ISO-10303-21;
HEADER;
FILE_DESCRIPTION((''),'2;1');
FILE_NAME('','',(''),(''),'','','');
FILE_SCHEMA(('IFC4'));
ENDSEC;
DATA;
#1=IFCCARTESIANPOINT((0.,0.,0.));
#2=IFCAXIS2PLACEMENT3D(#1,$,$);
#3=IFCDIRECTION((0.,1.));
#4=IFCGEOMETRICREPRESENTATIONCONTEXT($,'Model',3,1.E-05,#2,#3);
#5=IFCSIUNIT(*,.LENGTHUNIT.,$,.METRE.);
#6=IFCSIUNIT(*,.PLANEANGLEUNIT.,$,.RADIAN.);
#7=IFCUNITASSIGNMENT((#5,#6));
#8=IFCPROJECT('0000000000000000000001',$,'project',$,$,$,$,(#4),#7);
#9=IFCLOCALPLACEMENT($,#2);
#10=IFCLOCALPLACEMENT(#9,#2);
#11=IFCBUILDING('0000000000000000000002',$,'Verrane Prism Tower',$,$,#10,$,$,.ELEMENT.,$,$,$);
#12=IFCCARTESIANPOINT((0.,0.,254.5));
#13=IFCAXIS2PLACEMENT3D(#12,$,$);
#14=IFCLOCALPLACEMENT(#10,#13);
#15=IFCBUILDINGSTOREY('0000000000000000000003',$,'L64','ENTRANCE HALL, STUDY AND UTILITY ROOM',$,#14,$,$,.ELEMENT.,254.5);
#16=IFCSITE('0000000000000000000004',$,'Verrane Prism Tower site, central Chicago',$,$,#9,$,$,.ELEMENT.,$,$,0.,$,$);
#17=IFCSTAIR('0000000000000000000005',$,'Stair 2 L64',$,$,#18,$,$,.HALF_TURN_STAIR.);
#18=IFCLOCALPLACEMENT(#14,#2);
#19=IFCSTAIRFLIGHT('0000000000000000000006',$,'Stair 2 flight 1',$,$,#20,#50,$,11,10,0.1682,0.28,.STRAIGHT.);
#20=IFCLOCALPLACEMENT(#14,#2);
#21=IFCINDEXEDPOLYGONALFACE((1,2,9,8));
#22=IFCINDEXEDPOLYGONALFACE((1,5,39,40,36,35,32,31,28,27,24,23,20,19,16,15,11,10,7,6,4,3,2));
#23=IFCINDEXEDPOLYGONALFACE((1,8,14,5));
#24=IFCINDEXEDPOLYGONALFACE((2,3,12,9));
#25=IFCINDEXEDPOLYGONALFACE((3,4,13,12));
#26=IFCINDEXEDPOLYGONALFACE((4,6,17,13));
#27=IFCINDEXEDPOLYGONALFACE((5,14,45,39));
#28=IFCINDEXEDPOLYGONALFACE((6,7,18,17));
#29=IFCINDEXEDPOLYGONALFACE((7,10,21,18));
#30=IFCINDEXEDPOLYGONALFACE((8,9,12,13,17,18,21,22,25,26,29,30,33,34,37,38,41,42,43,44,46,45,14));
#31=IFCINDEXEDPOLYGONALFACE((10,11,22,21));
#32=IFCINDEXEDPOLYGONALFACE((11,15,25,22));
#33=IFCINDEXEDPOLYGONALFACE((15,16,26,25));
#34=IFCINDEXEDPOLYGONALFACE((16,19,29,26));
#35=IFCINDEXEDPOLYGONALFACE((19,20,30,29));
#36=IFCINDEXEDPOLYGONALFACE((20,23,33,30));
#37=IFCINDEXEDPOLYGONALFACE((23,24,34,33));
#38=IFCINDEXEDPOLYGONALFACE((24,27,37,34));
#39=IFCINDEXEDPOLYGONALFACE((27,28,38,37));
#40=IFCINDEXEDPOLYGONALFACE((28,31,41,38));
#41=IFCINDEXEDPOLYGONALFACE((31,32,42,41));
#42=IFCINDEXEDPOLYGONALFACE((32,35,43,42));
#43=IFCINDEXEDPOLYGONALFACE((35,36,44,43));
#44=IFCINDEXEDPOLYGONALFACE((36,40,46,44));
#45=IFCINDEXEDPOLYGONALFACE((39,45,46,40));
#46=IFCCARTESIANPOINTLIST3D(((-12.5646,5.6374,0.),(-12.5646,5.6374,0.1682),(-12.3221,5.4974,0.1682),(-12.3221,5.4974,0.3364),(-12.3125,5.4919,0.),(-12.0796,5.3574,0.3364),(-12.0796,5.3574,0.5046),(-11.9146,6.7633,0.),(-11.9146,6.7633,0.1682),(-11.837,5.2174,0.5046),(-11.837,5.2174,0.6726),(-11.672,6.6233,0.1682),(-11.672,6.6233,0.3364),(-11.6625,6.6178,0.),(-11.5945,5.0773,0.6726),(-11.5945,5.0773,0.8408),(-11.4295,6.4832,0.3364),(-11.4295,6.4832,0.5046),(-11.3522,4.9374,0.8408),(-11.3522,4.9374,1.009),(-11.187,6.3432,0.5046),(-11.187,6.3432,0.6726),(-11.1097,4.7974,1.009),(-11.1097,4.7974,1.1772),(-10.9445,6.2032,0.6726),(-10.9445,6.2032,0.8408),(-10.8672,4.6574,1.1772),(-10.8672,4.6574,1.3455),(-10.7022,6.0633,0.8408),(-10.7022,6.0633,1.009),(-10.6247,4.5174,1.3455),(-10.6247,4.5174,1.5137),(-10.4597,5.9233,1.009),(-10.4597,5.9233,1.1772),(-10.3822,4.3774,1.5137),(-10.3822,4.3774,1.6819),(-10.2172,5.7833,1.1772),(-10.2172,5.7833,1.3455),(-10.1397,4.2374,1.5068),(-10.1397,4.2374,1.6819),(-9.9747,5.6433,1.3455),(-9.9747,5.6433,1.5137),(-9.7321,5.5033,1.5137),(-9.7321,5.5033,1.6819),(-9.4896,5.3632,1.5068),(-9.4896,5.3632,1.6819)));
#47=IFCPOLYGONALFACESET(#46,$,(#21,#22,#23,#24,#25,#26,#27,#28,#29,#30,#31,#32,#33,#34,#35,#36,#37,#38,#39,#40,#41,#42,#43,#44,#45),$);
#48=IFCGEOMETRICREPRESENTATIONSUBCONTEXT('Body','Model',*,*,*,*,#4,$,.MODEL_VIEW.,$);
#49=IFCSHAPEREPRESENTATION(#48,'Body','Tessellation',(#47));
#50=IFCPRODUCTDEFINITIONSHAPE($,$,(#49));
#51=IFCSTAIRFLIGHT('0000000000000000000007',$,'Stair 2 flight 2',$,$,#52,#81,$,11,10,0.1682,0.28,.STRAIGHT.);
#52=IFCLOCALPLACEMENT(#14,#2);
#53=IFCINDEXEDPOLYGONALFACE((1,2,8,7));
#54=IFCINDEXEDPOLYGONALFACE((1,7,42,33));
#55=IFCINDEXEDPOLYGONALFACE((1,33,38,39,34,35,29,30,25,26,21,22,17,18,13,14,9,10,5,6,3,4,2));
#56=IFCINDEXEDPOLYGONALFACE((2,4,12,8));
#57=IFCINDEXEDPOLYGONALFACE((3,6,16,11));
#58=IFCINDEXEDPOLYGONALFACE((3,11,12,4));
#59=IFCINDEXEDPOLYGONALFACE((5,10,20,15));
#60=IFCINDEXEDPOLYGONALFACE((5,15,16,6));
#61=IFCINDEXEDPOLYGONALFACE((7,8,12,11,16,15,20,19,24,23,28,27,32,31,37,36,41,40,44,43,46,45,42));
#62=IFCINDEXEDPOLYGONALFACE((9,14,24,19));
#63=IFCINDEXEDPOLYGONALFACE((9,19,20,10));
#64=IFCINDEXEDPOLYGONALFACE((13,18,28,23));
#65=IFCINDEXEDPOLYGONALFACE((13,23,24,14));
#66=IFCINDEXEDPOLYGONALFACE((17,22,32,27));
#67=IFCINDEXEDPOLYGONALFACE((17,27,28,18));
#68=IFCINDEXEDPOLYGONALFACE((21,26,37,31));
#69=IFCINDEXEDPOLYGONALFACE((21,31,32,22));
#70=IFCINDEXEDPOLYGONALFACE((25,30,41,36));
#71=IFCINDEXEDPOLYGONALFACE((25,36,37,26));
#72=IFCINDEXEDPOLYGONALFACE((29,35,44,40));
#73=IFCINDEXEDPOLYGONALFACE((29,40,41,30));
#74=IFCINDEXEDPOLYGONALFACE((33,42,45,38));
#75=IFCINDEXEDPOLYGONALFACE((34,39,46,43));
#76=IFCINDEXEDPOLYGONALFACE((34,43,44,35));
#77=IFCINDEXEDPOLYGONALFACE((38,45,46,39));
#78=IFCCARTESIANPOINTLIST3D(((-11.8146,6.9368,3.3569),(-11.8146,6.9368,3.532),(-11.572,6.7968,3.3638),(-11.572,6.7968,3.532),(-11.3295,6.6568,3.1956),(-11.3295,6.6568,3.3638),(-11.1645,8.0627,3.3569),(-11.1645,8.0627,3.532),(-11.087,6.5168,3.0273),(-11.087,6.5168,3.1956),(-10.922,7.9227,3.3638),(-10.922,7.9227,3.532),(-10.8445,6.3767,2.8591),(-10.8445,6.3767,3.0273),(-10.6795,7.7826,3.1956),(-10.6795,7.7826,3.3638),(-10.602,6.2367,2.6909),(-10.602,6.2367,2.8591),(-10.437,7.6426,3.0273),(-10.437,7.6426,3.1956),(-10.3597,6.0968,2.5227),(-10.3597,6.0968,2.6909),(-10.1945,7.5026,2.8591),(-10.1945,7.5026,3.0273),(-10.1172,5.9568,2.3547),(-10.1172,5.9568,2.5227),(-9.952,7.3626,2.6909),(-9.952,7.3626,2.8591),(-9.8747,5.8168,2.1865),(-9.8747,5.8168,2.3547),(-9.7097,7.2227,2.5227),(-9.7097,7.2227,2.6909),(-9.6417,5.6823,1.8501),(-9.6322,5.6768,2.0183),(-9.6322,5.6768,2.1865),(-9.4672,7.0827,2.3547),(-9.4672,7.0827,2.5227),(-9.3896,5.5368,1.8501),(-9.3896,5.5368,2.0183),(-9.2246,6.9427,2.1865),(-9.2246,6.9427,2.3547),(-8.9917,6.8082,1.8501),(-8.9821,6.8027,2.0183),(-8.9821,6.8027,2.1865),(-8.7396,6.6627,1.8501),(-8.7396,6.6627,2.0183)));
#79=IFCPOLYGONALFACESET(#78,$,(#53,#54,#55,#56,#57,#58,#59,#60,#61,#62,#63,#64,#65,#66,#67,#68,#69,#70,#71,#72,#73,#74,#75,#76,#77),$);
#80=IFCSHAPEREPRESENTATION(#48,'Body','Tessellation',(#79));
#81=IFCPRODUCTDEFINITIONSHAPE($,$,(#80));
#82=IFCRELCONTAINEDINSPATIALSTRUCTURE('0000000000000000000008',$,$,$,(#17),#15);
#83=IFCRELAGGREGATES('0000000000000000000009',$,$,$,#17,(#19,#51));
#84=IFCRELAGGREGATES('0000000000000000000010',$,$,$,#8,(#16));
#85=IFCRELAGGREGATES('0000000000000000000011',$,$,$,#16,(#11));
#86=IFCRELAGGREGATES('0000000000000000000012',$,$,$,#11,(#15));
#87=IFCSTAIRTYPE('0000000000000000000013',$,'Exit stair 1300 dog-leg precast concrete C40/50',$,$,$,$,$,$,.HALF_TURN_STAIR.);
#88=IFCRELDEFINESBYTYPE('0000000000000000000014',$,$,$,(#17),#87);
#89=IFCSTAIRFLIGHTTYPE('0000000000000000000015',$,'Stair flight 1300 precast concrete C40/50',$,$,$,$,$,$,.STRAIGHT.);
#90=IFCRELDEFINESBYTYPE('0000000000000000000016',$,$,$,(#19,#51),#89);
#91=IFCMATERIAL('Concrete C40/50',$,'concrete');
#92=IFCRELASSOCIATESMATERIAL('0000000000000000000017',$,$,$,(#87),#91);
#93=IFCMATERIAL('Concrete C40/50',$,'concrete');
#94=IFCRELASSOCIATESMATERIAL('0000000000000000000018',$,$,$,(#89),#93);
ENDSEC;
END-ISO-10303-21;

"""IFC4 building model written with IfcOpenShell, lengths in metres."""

from ifc_helpers import new_model, si_unit, direction, frame, origin, place, context, subcontext, project, spatial, polyline, outline, extrude, material, type_object, element, aggregate, save


model = new_model("IFC4")

# Units and contexts
model_context = context("Model", 3, precision=1e-05, world=origin(), true_north=direction((0.0, 1.0)))
body_context = subcontext(model_context, "Body", "Model", "MODEL_VIEW")
ifc_project = project(units=[si_unit("LENGTHUNIT", "METRE"), si_unit("PLANEANGLEUNIT", "RADIAN")], contexts=[model_context])

# Site, building, storey
site_placement = place(None, origin())
site = spatial("IfcSite", under=ifc_project, at=site_placement, Name="Verrane Prism Tower site, central Chicago", CompositionType="ELEMENT", RefElevation=0.0)
building_placement = place(site_placement, origin())
building = spatial("IfcBuilding", under=site, at=building_placement, Name="Verrane Prism Tower", CompositionType="ELEMENT")
storey_placement = place(building_placement, frame((0.0, 0.0, 254.5)))
storey = spatial("IfcBuildingStorey", under=building, at=storey_placement, Name="L64", Description="ENTRANCE HALL, STUDY AND UTILITY ROOM", CompositionType="ELEMENT", Elevation=254.5)

# Stair, stair flights
ifc_material_1 = material(Name="Concrete C40/50", Category="concrete")
stair_type = type_object("IfcStairType", Name="Exit stair 1300 dog-leg precast concrete C40/50", PredefinedType="HALF_TURN_STAIR", material=ifc_material_1)
stair_placement = place(storey_placement, origin())
stair = element("IfcStair", 1, at=stair_placement, inside=storey, type_object=stair_type, Name="Stair 2 L64", PredefinedType="HALF_TURN_STAIR")
ifc_material_2 = material(Name="Concrete C40/50", Category="concrete")
stair_flight_type = type_object("IfcStairFlightType", Name="Stair flight 1300 precast concrete C40/50", PredefinedType="STRAIGHT", material=ifc_material_2)
stair_flight_1_placement = place(storey_placement, frame((-12.2395, 6.2004, 0.0), z_axis=(0.0, 0.0, 1.0), x_axis=(0.866025, -0.5, 0.0)))
stair_flight_1 = element("IfcStairFlight", 2, at=stair_flight_1_placement, type_object=stair_flight_type, Name="Stair 2 flight 1", NumberOfRisers=11, NumberOfTreads=10, PredefinedType="STRAIGHT", RiserHeight=0.1682, TreadLength=0.28, context=body_context, shape_type="SweptSolid", body=[
    extrude(outline(polyline([(0.0, 0.0), (0.0, 0.1682), (0.28, 0.1682), (0.28, 0.3364), (0.5601, 0.3364), (0.5601, 0.5046), (0.8401, 0.5046), (0.8401, 0.6726), (1.1201, 0.6726), (1.1201, 0.8408), (1.3999, 0.8408), (1.3999, 1.009), (1.6799, 1.009), (1.6799, 1.1772), (1.96, 1.1772), (1.96, 1.3455), (2.24, 1.3455), (2.24, 1.5137), (2.52, 1.5137), (2.52, 1.6819), (2.8, 1.6819), (2.8, 1.8501), (2.8, 1.5068), (0.291, 0.0), (0.0, 0.0)])), frame((0.0, 0.6499, 0.0), z_axis=(0.0, -1.0, 0.0), x_axis=(1.0, 0.0, 0.0)), (0.0, 0.0, 1.0), 1.3),
])
stair_flight_2_placement = place(storey_placement, frame((-9.0647, 6.0996, 1.8501), z_axis=(0.0, 0.0, 1.0), x_axis=(-0.866025, 0.5, 0.0)))
stair_flight_2 = element("IfcStairFlight", 3, at=stair_flight_2_placement, type_object=stair_flight_type, Name="Stair 2 flight 2", NumberOfRisers=11, NumberOfTreads=10, PredefinedType="STRAIGHT", RiserHeight=0.1682, TreadLength=0.28, context=body_context, shape_type="SweptSolid", body=[
    extrude(outline(polyline([(0.0, 0.0), (0.0, 0.1682), (0.28, 0.1682), (0.28, 0.3364), (0.5601, 0.3364), (0.5601, 0.5046), (0.8401, 0.5046), (0.8401, 0.6726), (1.1201, 0.6726), (1.1201, 0.8408), (1.3999, 0.8408), (1.3999, 1.009), (1.6799, 1.009), (1.6799, 1.1772), (1.96, 1.1772), (1.96, 1.3455), (2.24, 1.3455), (2.24, 1.5137), (2.52, 1.5137), (2.52, 1.6819), (2.8, 1.6819), (2.8, 1.8501), (2.8, 1.5068), (0.291, 0.0), (0.0, 0.0)])), frame((0.0, 0.6499, 0.0), z_axis=(0.0, -1.0, 0.0), x_axis=(1.0, 0.0, 0.0)), (0.0, 0.0, 1.0), 1.3),
])
aggregate(stair, [stair_flight_1, stair_flight_2])

save(model, "model.ifc")
